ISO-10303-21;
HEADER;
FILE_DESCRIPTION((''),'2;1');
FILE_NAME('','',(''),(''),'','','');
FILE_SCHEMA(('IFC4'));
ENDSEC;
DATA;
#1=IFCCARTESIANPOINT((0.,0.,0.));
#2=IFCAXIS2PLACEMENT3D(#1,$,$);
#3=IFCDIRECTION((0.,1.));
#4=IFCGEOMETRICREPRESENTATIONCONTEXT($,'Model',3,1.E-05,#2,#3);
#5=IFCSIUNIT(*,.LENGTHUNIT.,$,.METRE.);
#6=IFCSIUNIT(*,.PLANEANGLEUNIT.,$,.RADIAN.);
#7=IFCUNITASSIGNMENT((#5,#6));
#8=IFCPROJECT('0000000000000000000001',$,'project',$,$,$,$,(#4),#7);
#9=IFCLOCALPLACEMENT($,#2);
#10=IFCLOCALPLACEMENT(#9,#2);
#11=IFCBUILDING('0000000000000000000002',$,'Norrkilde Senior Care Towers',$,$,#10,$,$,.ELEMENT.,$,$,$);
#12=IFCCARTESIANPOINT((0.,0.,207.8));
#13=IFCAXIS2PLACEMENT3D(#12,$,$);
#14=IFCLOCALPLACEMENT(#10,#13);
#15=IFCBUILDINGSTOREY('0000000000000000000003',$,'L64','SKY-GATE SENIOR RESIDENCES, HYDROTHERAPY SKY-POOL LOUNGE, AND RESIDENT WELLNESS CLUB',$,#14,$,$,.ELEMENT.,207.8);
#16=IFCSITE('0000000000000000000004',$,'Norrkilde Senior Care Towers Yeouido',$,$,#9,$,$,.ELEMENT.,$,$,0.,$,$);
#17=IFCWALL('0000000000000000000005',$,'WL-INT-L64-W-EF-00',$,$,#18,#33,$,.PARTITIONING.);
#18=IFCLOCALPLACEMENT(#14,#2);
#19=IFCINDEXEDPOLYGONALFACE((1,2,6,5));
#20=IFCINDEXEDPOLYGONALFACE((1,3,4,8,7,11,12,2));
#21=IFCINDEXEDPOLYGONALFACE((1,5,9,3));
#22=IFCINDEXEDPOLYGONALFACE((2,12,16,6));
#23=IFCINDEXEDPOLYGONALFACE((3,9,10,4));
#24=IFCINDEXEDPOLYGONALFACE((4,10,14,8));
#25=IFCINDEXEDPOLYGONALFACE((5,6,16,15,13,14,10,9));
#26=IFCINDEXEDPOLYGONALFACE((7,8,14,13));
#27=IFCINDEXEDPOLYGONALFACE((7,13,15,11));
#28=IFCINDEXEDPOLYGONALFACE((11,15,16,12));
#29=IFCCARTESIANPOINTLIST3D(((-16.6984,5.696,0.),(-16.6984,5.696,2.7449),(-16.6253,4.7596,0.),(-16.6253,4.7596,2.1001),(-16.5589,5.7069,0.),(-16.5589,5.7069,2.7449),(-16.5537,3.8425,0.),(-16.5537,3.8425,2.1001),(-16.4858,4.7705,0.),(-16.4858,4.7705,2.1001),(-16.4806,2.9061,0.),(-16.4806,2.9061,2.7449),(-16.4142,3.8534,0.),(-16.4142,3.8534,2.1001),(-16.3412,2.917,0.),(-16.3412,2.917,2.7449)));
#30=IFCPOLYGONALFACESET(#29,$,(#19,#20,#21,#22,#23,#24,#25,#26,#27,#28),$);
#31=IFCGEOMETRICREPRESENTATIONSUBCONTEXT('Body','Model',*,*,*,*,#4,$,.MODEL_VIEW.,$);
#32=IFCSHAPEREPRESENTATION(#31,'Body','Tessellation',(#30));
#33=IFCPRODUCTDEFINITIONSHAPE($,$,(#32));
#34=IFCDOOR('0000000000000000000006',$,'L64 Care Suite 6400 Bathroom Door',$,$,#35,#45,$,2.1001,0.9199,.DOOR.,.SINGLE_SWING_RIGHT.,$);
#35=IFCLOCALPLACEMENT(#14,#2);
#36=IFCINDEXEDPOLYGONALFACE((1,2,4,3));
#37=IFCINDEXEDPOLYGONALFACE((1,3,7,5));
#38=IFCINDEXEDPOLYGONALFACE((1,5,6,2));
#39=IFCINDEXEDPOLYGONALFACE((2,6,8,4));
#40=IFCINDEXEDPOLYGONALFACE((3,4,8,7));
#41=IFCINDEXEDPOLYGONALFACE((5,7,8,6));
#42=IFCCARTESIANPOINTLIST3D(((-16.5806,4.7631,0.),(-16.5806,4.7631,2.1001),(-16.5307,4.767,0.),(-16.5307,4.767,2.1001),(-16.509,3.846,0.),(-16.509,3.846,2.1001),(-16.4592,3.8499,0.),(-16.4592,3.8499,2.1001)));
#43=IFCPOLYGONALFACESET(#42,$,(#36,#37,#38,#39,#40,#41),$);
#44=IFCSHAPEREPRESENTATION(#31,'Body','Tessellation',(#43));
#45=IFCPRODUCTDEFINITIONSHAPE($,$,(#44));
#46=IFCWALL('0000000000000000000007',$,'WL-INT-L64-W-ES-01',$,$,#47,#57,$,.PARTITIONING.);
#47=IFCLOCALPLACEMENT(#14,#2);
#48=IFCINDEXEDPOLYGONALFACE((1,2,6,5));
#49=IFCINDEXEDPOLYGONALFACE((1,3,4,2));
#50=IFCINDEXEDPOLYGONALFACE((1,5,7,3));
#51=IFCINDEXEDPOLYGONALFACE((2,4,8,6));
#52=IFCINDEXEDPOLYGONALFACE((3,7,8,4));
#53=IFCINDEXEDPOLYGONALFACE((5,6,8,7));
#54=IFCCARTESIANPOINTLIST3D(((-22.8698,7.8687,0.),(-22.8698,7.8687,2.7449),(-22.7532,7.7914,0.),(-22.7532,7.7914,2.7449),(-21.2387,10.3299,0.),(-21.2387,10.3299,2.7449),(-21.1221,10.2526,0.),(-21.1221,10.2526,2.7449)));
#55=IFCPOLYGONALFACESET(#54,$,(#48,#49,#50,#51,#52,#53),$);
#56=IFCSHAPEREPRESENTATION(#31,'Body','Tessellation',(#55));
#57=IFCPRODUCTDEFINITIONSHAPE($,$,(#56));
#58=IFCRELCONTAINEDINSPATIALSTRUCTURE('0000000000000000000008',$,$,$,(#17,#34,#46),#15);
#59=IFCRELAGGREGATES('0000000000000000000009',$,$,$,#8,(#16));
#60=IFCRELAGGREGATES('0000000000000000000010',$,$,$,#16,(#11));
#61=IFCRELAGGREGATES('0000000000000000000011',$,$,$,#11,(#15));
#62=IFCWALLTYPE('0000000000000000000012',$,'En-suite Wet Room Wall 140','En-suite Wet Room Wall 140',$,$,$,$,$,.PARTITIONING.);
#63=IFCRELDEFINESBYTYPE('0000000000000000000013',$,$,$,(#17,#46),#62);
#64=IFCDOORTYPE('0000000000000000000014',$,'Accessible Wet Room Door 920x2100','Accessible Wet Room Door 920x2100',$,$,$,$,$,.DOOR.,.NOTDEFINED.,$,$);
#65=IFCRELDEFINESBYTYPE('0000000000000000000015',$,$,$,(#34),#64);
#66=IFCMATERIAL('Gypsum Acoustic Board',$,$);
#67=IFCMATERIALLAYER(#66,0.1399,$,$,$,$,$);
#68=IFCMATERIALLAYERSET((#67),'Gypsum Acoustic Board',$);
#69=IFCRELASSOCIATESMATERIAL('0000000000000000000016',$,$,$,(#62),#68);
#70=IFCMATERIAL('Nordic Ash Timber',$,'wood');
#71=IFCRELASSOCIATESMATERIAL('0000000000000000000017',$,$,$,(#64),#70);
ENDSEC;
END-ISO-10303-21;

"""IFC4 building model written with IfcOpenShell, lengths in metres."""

from ifc_helpers import new_model, si_unit, direction, frame, frame_2d, origin, place, context, subcontext, project, spatial, rectangle, extrude, source, transform, mapped, material, layer, layer_set, type_object, type_shapes, element, fill, save


model = new_model("IFC4")

# Units and contexts
model_context = context("Model", 3, precision=1e-05, world=origin(), true_north=direction((0.0, 1.0)))
body_context = subcontext(model_context, "Body", "Model", "MODEL_VIEW")
ifc_project = project(units=[si_unit("LENGTHUNIT", "METRE"), si_unit("PLANEANGLEUNIT", "RADIAN")], contexts=[model_context])

# Site, building, storey
site_placement = place(None, origin())
site = spatial("IfcSite", under=ifc_project, at=site_placement, Name="Norrkilde Senior Care Towers Yeouido", CompositionType="ELEMENT", RefElevation=0.0)
building_placement = place(site_placement, origin())
building = spatial("IfcBuilding", under=site, at=building_placement, Name="Norrkilde Senior Care Towers", CompositionType="ELEMENT")
storey_placement = place(building_placement, frame((0.0, 0.0, 207.8)))
storey = spatial("IfcBuildingStorey", under=building, at=storey_placement, Name="L64", Description="SKY-GATE SENIOR RESIDENCES, HYDROTHERAPY SKY-POOL LOUNGE, AND RESIDENT WELLNESS CLUB", CompositionType="ELEMENT", Elevation=207.8)

# Shared definitions
ifc_material_1 = material(Name="Gypsum Acoustic Board")

# Shared definitions
ifc_material_2 = material(Name="Nordic Ash Timber", Category="wood")

# Shared definitions
ifc_layer_1 = layer(ifc_material_1, 0.1399)
ifc_layer_set_1 = layer_set([ifc_layer_1], Name="Gypsum Acoustic Board")
wall_type_1 = type_object("IfcWallType", Name="En-suite Wet Room Wall 140", Description="En-suite Wet Room Wall 140", PredefinedType="PARTITIONING", material=ifc_layer_set_1)

# Wall, opening, door
shared_shape_1 = source(origin(), body_context, "Body", "SweptSolid", [
    extrude(rectangle(XDim=2.7983, YDim=0.1399, at=frame_2d((1.3992, 0.0))), origin(), (0.0, 0.0, 1.0), 2.7449),
])
wall_1_placement = place(storey_placement, frame((-16.6287, 5.7014, 0.0), z_axis=(0.0, 0.0, 1.0), x_axis=(0.077824, -0.996967, 0.0)))
wall_1 = element("IfcWall", 1, at=wall_1_placement, inside=storey, type_object=wall_type_1, Name="WL-INT-L64-W-EF-00", PredefinedType="PARTITIONING", context=body_context, shape_type="MappedRepresentation", body=[
    mapped(shared_shape_1, transform((0.0, 0.0, 0.0), x_axis=(1.0, 0.0, 0.0), y_axis=(0.0, 1.0, 0.0), z_axis=(0.0, 0.0, 1.0), scale=1.0)),
])
opening_1_placement = place(wall_1_placement, frame((0.9392, 0.0, 0.0)))
opening_1 = element("IfcOpeningElement", 2, at=opening_1_placement, cuts=wall_1, PredefinedType="OPENING", context=body_context, shape_type="SweptSolid", body=[
    extrude(rectangle(XDim=0.9199, YDim=2.1001, at=frame_2d((0.46, 1.05))), frame((0.0, 0.0798, 0.0), z_axis=(0.0, -1.0, 0.0), x_axis=(1.0, 0.0, 0.0)), (0.0, 0.0, 1.0), 0.1599),
])
door_type_1 = type_object("IfcDoorType", Name="Accessible Wet Room Door 920x2100", Description="Accessible Wet Room Door 920x2100", OperationType="NOTDEFINED", PredefinedType="DOOR", material=ifc_material_2)
shared_shape_2 = source(origin(), body_context, "Body", "SweptSolid", [
    extrude(rectangle(XDim=0.9199, YDim=2.1001, at=frame_2d((0.46, 1.05))), frame((0.0, 0.0249, 0.0), z_axis=(0.0, -1.0, 0.0), x_axis=(1.0, 0.0, 0.0)), (0.0, 0.0, 1.0), 0.05),
])
type_shapes(door_type_1, [shared_shape_2])
door_1_placement = place(opening_1_placement, origin())
door_1 = element("IfcDoor", 3, at=door_1_placement, inside=storey, type_object=door_type_1, Name="L64 Care Suite 6400 Bathroom Door", OperationType="SINGLE_SWING_RIGHT", OverallHeight=2.1001, OverallWidth=0.9199, PredefinedType="DOOR", context=body_context, shape_type="MappedRepresentation", body=[
    mapped(shared_shape_2, transform((0.0, 0.0, 0.0), x_axis=(1.0, 0.0, 0.0), y_axis=(0.0, 1.0, 0.0), z_axis=(0.0, 0.0, 1.0), scale=1.0)),
])
fill(opening_1, door_1)

# Wall
shared_shape_3 = source(origin(), body_context, "Body", "SweptSolid", [
    extrude(rectangle(XDim=2.9526, YDim=0.1399, at=frame_2d((1.4763, 0.0))), origin(), (0.0, 0.0, 1.0), 2.7449),
])
wall_2_placement = place(storey_placement, frame((-22.8115, 7.8301, 0.0), z_axis=(0.0, 0.0, 1.0), x_axis=(0.552427, 0.833561, 0.0)))
element("IfcWall", 4, at=wall_2_placement, inside=storey, type_object=wall_type_1, Name="WL-INT-L64-W-ES-01", PredefinedType="PARTITIONING", context=body_context, shape_type="MappedRepresentation", body=[
    mapped(shared_shape_3, transform((0.0, 0.0, 0.0), x_axis=(1.0, 0.0, 0.0), y_axis=(0.0, 1.0, 0.0), z_axis=(0.0, 0.0, 1.0), scale=1.0)),
])

save(model, "model.ifc")
